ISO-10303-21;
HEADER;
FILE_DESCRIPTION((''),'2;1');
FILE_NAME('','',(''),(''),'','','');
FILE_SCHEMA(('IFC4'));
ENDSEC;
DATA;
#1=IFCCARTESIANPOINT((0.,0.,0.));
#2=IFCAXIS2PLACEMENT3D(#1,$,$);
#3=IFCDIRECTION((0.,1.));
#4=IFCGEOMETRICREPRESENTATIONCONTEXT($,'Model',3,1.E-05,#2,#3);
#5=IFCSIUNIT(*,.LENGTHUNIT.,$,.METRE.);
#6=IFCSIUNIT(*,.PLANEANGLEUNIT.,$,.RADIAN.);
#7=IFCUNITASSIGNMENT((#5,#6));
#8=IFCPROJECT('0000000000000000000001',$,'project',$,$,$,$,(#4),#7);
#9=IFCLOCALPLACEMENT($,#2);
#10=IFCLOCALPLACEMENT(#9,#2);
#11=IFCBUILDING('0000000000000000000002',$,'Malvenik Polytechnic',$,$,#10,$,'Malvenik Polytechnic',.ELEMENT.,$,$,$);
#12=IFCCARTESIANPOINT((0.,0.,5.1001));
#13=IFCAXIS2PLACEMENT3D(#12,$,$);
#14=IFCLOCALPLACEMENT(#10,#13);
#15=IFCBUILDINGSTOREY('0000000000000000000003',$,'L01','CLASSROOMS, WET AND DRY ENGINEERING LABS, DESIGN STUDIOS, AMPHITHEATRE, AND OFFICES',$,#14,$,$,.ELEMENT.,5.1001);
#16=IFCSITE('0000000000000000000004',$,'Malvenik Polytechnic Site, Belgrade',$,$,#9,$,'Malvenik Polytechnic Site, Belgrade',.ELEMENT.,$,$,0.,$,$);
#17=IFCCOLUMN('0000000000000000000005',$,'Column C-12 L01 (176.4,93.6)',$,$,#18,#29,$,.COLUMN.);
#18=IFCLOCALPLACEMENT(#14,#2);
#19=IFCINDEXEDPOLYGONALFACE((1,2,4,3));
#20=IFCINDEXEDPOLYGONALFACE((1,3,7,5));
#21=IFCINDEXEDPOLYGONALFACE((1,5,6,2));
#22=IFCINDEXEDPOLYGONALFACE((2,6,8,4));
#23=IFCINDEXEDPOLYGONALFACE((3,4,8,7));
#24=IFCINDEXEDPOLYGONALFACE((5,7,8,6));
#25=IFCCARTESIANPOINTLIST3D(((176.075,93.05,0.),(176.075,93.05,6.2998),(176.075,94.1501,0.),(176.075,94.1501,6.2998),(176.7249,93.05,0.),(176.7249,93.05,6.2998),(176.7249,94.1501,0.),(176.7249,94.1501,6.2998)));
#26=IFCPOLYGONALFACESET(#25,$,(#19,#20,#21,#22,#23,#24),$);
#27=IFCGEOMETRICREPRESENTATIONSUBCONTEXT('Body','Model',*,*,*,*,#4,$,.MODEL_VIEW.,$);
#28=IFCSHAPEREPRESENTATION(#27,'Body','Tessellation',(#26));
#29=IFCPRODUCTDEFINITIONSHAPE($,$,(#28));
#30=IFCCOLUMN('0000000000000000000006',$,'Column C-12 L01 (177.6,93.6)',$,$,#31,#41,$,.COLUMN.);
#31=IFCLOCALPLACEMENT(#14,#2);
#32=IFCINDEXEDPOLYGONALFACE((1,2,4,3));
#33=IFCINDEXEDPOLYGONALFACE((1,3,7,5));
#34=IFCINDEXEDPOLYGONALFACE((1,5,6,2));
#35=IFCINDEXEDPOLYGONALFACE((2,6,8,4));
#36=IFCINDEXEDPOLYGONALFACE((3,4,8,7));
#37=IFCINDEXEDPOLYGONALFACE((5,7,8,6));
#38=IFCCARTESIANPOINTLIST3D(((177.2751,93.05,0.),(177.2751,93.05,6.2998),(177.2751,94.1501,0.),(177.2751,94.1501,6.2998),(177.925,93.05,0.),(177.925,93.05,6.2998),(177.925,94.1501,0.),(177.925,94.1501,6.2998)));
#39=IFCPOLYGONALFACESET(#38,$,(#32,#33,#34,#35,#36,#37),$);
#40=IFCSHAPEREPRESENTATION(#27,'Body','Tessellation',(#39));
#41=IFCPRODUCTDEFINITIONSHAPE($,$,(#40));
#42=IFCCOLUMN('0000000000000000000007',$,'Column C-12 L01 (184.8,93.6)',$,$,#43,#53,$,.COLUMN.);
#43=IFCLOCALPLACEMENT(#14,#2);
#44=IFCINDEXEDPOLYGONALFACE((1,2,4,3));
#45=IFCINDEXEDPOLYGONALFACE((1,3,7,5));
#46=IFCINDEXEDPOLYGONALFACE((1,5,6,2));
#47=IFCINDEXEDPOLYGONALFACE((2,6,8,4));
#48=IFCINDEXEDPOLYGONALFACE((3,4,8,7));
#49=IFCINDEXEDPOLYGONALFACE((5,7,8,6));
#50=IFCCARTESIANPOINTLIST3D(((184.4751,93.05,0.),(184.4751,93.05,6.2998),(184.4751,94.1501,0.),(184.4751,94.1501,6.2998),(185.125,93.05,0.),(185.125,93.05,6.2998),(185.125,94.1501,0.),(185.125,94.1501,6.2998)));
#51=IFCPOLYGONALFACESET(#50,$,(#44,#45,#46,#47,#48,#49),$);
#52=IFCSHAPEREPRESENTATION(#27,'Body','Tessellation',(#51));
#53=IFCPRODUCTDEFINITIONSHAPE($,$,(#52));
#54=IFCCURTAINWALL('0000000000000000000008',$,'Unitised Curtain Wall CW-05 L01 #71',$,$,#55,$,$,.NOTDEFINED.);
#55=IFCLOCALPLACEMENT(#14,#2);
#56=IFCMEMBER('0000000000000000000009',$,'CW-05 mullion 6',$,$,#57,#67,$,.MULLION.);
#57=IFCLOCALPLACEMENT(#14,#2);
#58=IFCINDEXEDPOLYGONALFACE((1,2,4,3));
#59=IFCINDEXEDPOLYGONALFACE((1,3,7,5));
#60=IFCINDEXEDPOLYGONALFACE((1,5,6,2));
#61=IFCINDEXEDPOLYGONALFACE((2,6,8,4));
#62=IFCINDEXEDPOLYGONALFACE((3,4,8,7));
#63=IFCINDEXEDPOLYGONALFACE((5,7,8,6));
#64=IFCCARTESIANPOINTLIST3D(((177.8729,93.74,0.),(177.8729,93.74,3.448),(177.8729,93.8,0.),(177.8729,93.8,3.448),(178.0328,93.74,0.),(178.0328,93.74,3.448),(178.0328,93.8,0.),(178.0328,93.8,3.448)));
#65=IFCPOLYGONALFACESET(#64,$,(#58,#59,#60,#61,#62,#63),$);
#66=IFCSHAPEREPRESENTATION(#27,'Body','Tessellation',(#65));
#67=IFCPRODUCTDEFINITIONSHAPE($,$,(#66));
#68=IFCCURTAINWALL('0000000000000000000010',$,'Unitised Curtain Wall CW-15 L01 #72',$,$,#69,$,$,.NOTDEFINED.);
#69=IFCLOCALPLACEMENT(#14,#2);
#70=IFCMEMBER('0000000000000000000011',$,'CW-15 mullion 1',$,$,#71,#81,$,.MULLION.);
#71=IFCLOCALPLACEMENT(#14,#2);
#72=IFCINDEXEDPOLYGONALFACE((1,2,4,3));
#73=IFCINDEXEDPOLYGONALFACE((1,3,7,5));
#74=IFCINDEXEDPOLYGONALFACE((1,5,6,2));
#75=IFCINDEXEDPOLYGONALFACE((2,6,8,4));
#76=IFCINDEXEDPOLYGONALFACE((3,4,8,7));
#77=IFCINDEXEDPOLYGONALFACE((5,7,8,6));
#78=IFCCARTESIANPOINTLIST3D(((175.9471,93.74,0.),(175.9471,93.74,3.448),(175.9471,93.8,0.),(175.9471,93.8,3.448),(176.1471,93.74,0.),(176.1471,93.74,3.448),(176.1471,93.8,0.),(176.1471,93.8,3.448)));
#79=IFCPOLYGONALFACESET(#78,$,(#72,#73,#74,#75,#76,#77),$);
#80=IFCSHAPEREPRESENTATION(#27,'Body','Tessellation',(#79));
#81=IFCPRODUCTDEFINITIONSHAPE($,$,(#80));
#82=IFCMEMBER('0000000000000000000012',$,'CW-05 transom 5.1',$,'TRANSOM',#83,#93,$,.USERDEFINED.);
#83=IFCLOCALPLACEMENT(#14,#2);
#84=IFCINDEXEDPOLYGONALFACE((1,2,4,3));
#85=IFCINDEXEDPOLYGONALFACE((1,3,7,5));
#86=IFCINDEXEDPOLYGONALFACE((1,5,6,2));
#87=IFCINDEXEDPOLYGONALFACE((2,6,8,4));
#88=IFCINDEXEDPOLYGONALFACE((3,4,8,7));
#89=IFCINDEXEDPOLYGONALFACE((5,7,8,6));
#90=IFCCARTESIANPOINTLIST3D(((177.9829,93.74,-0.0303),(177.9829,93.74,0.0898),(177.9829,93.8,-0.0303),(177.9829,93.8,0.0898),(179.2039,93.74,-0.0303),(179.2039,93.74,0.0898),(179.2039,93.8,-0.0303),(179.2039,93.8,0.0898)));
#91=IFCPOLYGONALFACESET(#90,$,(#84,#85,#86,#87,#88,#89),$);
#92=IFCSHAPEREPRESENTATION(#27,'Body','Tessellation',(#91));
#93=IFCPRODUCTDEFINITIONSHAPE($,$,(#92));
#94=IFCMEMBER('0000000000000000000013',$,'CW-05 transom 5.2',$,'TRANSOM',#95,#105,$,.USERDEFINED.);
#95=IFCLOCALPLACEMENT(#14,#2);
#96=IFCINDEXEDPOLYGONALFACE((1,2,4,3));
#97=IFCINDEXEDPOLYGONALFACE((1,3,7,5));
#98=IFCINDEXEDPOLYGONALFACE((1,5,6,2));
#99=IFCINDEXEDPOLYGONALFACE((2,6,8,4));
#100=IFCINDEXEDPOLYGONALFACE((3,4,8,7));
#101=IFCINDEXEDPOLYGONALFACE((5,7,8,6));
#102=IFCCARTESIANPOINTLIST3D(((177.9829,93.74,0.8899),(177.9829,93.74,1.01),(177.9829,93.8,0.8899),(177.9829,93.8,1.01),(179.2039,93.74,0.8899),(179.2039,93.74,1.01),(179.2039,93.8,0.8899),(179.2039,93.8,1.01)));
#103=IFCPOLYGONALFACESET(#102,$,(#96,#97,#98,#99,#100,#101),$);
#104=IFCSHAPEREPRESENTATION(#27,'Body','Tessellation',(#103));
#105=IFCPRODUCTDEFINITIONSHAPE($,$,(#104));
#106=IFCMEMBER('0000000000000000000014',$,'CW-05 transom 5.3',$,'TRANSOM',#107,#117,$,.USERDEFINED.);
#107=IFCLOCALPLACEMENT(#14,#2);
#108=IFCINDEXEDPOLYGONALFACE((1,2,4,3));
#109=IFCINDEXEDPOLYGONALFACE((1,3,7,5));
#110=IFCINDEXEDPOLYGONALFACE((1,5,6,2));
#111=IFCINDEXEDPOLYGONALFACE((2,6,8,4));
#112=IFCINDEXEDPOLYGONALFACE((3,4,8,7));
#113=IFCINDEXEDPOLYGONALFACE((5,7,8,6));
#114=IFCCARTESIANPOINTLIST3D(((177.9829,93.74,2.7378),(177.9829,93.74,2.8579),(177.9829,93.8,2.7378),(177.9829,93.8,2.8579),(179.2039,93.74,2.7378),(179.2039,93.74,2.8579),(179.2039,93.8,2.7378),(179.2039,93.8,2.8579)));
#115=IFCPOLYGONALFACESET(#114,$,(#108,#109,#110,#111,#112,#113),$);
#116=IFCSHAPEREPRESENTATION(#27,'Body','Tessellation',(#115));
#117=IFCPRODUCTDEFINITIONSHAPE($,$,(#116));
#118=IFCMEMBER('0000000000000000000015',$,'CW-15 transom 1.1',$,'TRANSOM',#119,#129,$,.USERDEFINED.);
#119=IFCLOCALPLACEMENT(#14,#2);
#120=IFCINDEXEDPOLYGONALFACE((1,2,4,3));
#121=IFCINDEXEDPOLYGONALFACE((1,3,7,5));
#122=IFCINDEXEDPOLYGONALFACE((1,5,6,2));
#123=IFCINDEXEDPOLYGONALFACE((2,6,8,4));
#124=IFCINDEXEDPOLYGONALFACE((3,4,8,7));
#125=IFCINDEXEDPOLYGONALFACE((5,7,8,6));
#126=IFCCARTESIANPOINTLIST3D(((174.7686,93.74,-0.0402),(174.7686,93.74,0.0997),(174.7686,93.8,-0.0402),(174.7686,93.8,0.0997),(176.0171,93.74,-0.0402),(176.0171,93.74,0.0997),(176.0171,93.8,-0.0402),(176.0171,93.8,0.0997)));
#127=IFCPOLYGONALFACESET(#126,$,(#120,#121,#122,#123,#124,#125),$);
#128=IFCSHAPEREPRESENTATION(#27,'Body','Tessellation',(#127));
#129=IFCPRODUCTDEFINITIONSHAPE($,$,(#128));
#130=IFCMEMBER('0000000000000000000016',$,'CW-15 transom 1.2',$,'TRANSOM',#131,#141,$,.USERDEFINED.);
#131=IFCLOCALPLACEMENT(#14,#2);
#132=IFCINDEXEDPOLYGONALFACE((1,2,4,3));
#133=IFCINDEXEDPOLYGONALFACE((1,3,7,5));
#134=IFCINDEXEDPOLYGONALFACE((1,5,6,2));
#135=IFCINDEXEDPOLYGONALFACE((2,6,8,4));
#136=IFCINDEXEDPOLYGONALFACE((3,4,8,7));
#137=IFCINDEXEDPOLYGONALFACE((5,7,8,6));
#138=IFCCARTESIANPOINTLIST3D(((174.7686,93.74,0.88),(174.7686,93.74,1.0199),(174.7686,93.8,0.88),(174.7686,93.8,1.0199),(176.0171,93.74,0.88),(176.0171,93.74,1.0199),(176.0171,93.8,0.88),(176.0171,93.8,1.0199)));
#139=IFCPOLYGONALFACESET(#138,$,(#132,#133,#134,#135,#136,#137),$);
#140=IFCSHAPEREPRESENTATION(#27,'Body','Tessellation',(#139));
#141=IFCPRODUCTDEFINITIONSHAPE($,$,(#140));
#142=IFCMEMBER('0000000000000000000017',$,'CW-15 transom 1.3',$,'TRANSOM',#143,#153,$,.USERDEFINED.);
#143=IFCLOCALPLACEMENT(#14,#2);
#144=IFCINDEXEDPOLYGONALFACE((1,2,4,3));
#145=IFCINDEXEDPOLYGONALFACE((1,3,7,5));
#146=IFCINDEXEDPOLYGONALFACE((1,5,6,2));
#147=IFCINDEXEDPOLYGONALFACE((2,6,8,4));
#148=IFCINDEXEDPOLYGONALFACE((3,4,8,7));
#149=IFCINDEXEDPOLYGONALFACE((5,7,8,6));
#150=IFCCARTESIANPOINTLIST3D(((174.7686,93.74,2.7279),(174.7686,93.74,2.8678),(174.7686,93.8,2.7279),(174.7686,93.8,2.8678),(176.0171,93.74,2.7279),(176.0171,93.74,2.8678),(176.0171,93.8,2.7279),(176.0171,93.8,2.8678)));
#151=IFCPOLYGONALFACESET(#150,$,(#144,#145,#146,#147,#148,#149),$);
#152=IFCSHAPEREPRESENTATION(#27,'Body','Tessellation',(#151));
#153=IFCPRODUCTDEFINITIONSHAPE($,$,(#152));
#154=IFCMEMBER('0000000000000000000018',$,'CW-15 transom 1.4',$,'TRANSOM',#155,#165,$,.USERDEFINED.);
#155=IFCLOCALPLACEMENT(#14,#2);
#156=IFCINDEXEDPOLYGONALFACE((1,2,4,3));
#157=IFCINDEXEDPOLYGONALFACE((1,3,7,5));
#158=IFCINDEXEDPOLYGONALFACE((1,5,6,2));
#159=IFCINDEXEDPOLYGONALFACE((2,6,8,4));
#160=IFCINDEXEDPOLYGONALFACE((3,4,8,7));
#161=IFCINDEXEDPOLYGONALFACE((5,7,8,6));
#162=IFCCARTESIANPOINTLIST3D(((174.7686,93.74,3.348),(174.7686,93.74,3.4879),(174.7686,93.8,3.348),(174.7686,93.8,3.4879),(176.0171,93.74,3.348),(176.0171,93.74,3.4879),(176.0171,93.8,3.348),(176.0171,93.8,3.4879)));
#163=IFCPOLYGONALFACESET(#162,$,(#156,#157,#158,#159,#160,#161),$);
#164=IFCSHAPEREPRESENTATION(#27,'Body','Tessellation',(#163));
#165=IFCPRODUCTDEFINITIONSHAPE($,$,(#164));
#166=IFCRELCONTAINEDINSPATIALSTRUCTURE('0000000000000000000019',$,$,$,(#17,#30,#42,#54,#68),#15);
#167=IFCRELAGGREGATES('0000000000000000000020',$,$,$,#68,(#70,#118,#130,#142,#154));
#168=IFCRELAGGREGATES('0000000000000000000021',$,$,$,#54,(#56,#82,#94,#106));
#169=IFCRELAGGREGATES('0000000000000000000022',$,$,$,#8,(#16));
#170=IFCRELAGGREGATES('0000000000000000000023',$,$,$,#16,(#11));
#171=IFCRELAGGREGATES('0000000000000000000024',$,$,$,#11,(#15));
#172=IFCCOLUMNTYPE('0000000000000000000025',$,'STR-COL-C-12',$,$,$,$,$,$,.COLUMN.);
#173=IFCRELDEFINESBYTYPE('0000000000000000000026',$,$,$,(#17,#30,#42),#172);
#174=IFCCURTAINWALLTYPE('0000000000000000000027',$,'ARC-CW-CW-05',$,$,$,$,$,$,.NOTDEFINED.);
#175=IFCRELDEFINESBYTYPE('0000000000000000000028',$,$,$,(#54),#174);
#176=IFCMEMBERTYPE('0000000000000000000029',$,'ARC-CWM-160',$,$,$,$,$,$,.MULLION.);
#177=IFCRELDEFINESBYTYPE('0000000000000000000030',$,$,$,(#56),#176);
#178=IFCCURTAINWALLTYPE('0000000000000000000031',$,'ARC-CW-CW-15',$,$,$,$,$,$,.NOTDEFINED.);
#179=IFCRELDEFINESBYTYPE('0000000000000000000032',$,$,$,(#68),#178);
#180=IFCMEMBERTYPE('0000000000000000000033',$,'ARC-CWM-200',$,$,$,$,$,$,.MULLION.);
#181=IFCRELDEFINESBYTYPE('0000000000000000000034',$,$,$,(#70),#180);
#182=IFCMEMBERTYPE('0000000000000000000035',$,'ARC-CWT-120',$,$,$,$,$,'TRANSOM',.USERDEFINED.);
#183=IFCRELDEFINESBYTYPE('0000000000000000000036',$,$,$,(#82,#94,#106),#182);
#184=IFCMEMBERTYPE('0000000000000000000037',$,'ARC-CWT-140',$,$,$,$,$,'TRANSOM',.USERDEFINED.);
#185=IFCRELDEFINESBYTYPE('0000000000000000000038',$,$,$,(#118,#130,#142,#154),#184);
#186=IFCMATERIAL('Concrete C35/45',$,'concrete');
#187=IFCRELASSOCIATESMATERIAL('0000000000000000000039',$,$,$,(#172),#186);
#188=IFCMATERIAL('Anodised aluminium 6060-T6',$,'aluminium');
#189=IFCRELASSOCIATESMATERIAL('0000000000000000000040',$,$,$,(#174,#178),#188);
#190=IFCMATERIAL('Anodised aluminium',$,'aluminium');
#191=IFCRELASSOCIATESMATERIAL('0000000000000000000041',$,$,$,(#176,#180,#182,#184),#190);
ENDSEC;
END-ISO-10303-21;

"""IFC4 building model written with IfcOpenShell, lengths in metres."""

from ifc_helpers import new_model, si_unit, direction, frame, origin, origin_2d, place, context, subcontext, project, spatial, rectangle, extrude, material, material_profile, profile_set, type_object, element, aggregate, save


model = new_model("IFC4")

# Units and contexts
model_context = context("Model", 3, precision=1e-05, world=origin(), true_north=direction((0.0, 1.0)))
body_context = subcontext(model_context, "Body", "Model", "MODEL_VIEW")
ifc_project = project(units=[si_unit("LENGTHUNIT", "METRE"), si_unit("PLANEANGLEUNIT", "RADIAN")], contexts=[model_context])

# Site, building, storey
site_placement = place(None, origin())
site = spatial("IfcSite", under=ifc_project, at=site_placement, Name="Malvenik Polytechnic Site, Belgrade", LongName="Malvenik Polytechnic Site, Belgrade", CompositionType="ELEMENT", RefElevation=0.0)
building_placement = place(site_placement, origin())
building = spatial("IfcBuilding", under=site, at=building_placement, Name="Malvenik Polytechnic", LongName="Malvenik Polytechnic", CompositionType="ELEMENT")
storey_placement = place(building_placement, frame((0.0, 0.0, 5.1001)))
storey = spatial("IfcBuildingStorey", under=building, at=storey_placement, Name="L01", Description="CLASSROOMS, WET AND DRY ENGINEERING LABS, DESIGN STUDIOS, AMPHITHEATRE, AND OFFICES", CompositionType="ELEMENT", Elevation=5.1001)

# Columns
ifc_material_1 = material(Name="Concrete C35/45", Category="concrete")
ifc_material_profile_1 = material_profile(ifc_material_1, rectangle(XDim=0.6499, YDim=1.1001, at=origin_2d()), Name="RC COL 1100x650")
ifc_profile_set_1 = profile_set([ifc_material_profile_1], Name="Concrete C35/45")
column_type = type_object("IfcColumnType", Name="STR-COL-C-12", PredefinedType="COLUMN", material=ifc_profile_set_1)
for number, where, z_axis, x_axis, name in (
    (1, (176.3999, 93.6001, 0.0), (0.0, 0.0, 1.0), (1.0, 0.0, 0.0), "Column C-12 L01 (176.4,93.6)"),
    (2, (177.6001, 93.6001, 0.0), (0.0, 0.0, 1.0), (1.0, 0.0, 0.0), "Column C-12 L01 (177.6,93.6)"),
    (3, (184.8, 93.6001, 0.0), (0.0, 0.0, 1.0), (1.0, 0.0, 0.0), "Column C-12 L01 (184.8,93.6)"),
):
    element("IfcColumn", number, at=place(storey_placement, frame(where, z_axis=z_axis, x_axis=x_axis)), inside=storey, type_object=column_type, Name=name, PredefinedType="COLUMN", context=body_context, shape_type="SweptSolid", body=[
        extrude(rectangle(XDim=0.6499, YDim=1.1001, at=origin_2d()), origin(), (0.0, 0.0, 1.0), 6.2998),
    ])

# Curtain walls, members
ifc_material_2 = material(Name="Anodised aluminium 6060-T6", Category="aluminium")
curtain_wall_type_1 = type_object("IfcCurtainWallType", Name="ARC-CW-CW-05", PredefinedType="NOTDEFINED", material=ifc_material_2)
curtain_wall_1_placement = place(storey_placement, origin())
curtain_wall_1 = element("IfcCurtainWall", 4, at=curtain_wall_1_placement, inside=storey, type_object=curtain_wall_type_1, Name="Unitised Curtain Wall CW-05 L01 #71", PredefinedType="NOTDEFINED")
ifc_material_3 = material(Name="Anodised aluminium", Category="aluminium")
ifc_material_profile_2 = material_profile(ifc_material_3, rectangle(XDim=0.0601, YDim=0.1599, at=origin_2d()), Name="ALU MULLION 60x160")
ifc_profile_set_2 = profile_set([ifc_material_profile_2], Name="Anodised aluminium")
member_type_1 = type_object("IfcMemberType", Name="ARC-CWM-160", PredefinedType="MULLION", material=ifc_profile_set_2)
member_1_placement = place(storey_placement, frame((177.9529, 93.77, 0.0), z_axis=(0.0, 0.0, 1.0), x_axis=(0.0, -1.0, 0.0)))
member_1 = element("IfcMember", 5, at=member_1_placement, type_object=member_type_1, Name="CW-05 mullion 6", PredefinedType="MULLION", context=body_context, shape_type="SweptSolid", body=[
    extrude(rectangle(XDim=0.0601, YDim=0.1599, at=origin_2d()), origin(), (0.0, 0.0, 1.0), 3.448),
])
curtain_wall_type_2 = type_object("IfcCurtainWallType", Name="ARC-CW-CW-15", PredefinedType="NOTDEFINED", material=ifc_material_2)
curtain_wall_2_placement = place(storey_placement, origin())
curtain_wall_2 = element("IfcCurtainWall", 6, at=curtain_wall_2_placement, inside=storey, type_object=curtain_wall_type_2, Name="Unitised Curtain Wall CW-15 L01 #72", PredefinedType="NOTDEFINED")
ifc_material_profile_3 = material_profile(ifc_material_3, rectangle(XDim=0.0601, YDim=0.2, at=origin_2d()), Name="ALU MULLION 60x200")
ifc_profile_set_3 = profile_set([ifc_material_profile_3], Name="Anodised aluminium")
member_type_2 = type_object("IfcMemberType", Name="ARC-CWM-200", PredefinedType="MULLION", material=ifc_profile_set_3)
member_2_placement = place(storey_placement, frame((176.0471, 93.77, 0.0), z_axis=(0.0, 0.0, 1.0), x_axis=(0.0, -1.0, 0.0)))
member_2 = element("IfcMember", 7, at=member_2_placement, type_object=member_type_2, Name="CW-15 mullion 1", PredefinedType="MULLION", context=body_context, shape_type="SweptSolid", body=[
    extrude(rectangle(XDim=0.0601, YDim=0.2, at=origin_2d()), origin(), (0.0, 0.0, 1.0), 3.448),
])

# Members
ifc_material_profile_4 = material_profile(ifc_material_3, rectangle(XDim=0.0601, YDim=0.1201, at=origin_2d()), Name="ALU TRANSOM 60x120")
ifc_profile_set_4 = profile_set([ifc_material_profile_4], Name="Anodised aluminium")
member_type_3 = type_object("IfcMemberType", Name="ARC-CWT-120", ElementType="TRANSOM", PredefinedType="USERDEFINED", material=ifc_profile_set_4)
member_3_placement = place(storey_placement, frame((179.2039, 93.77, 0.0298), z_axis=(-1.0, 0.0, 0.0), x_axis=(0.0, -1.0, 0.0)))
member_3 = element("IfcMember", 8, at=member_3_placement, type_object=member_type_3, Name="CW-05 transom 5.1", ObjectType="TRANSOM", PredefinedType="USERDEFINED", context=body_context, shape_type="SweptSolid", body=[
    extrude(rectangle(XDim=0.0601, YDim=0.1201, at=origin_2d()), origin(), (0.0, 0.0, 1.0), 1.2209),
])
member_4_placement = place(storey_placement, frame((179.2039, 93.77, 0.95), z_axis=(-1.0, 0.0, 0.0), x_axis=(0.0, -1.0, 0.0)))
member_4 = element("IfcMember", 9, at=member_4_placement, type_object=member_type_3, Name="CW-05 transom 5.2", ObjectType="TRANSOM", PredefinedType="USERDEFINED", context=body_context, shape_type="SweptSolid", body=[
    extrude(rectangle(XDim=0.0601, YDim=0.1201, at=origin_2d()), origin(), (0.0, 0.0, 1.0), 1.2209),
])
member_5_placement = place(storey_placement, frame((179.2039, 93.77, 2.7979), z_axis=(-1.0, 0.0, 0.0), x_axis=(0.0, -1.0, 0.0)))
member_5 = element("IfcMember", 10, at=member_5_placement, type_object=member_type_3, Name="CW-05 transom 5.3", ObjectType="TRANSOM", PredefinedType="USERDEFINED", context=body_context, shape_type="SweptSolid", body=[
    extrude(rectangle(XDim=0.0601, YDim=0.1201, at=origin_2d()), origin(), (0.0, 0.0, 1.0), 1.2209),
])
ifc_material_profile_5 = material_profile(ifc_material_3, rectangle(XDim=0.0601, YDim=0.1399, at=origin_2d()), Name="ALU TRANSOM 60x140")
ifc_profile_set_5 = profile_set([ifc_material_profile_5], Name="Anodised aluminium")
member_type_4 = type_object("IfcMemberType", Name="ARC-CWT-140", ElementType="TRANSOM", PredefinedType="USERDEFINED", material=ifc_profile_set_5)
member_6_placement = place(storey_placement, frame((176.0171, 93.77, 0.0298), z_axis=(-1.0, 0.0, 0.0), x_axis=(0.0, -1.0, 0.0)))
member_6 = element("IfcMember", 11, at=member_6_placement, type_object=member_type_4, Name="CW-15 transom 1.1", ObjectType="TRANSOM", PredefinedType="USERDEFINED", context=body_context, shape_type="SweptSolid", body=[
    extrude(rectangle(XDim=0.0601, YDim=0.1399, at=origin_2d()), origin(), (0.0, 0.0, 1.0), 1.2485),
])
member_7_placement = place(storey_placement, frame((176.0171, 93.77, 0.95), z_axis=(-1.0, 0.0, 0.0), x_axis=(0.0, -1.0, 0.0)))
member_7 = element("IfcMember", 12, at=member_7_placement, type_object=member_type_4, Name="CW-15 transom 1.2", ObjectType="TRANSOM", PredefinedType="USERDEFINED", context=body_context, shape_type="SweptSolid", body=[
    extrude(rectangle(XDim=0.0601, YDim=0.1399, at=origin_2d()), origin(), (0.0, 0.0, 1.0), 1.2485),
])
member_8_placement = place(storey_placement, frame((176.0171, 93.77, 2.7979), z_axis=(-1.0, 0.0, 0.0), x_axis=(0.0, -1.0, 0.0)))
member_8 = element("IfcMember", 13, at=member_8_placement, type_object=member_type_4, Name="CW-15 transom 1.3", ObjectType="TRANSOM", PredefinedType="USERDEFINED", context=body_context, shape_type="SweptSolid", body=[
    extrude(rectangle(XDim=0.0601, YDim=0.1399, at=origin_2d()), origin(), (0.0, 0.0, 1.0), 1.2485),
])
member_9_placement = place(storey_placement, frame((176.0171, 93.77, 3.418), z_axis=(-1.0, 0.0, 0.0), x_axis=(0.0, -1.0, 0.0)))
member_9 = element("IfcMember", 14, at=member_9_placement, type_object=member_type_4, Name="CW-15 transom 1.4", ObjectType="TRANSOM", PredefinedType="USERDEFINED", context=body_context, shape_type="SweptSolid", body=[
    extrude(rectangle(XDim=0.0601, YDim=0.1399, at=origin_2d()), origin(), (0.0, 0.0, 1.0), 1.2485),
])

aggregate(curtain_wall_2, [member_2, member_6, member_7, member_8, member_9])
aggregate(curtain_wall_1, [member_1, member_3, member_4, member_5])

save(model, "model.ifc")
